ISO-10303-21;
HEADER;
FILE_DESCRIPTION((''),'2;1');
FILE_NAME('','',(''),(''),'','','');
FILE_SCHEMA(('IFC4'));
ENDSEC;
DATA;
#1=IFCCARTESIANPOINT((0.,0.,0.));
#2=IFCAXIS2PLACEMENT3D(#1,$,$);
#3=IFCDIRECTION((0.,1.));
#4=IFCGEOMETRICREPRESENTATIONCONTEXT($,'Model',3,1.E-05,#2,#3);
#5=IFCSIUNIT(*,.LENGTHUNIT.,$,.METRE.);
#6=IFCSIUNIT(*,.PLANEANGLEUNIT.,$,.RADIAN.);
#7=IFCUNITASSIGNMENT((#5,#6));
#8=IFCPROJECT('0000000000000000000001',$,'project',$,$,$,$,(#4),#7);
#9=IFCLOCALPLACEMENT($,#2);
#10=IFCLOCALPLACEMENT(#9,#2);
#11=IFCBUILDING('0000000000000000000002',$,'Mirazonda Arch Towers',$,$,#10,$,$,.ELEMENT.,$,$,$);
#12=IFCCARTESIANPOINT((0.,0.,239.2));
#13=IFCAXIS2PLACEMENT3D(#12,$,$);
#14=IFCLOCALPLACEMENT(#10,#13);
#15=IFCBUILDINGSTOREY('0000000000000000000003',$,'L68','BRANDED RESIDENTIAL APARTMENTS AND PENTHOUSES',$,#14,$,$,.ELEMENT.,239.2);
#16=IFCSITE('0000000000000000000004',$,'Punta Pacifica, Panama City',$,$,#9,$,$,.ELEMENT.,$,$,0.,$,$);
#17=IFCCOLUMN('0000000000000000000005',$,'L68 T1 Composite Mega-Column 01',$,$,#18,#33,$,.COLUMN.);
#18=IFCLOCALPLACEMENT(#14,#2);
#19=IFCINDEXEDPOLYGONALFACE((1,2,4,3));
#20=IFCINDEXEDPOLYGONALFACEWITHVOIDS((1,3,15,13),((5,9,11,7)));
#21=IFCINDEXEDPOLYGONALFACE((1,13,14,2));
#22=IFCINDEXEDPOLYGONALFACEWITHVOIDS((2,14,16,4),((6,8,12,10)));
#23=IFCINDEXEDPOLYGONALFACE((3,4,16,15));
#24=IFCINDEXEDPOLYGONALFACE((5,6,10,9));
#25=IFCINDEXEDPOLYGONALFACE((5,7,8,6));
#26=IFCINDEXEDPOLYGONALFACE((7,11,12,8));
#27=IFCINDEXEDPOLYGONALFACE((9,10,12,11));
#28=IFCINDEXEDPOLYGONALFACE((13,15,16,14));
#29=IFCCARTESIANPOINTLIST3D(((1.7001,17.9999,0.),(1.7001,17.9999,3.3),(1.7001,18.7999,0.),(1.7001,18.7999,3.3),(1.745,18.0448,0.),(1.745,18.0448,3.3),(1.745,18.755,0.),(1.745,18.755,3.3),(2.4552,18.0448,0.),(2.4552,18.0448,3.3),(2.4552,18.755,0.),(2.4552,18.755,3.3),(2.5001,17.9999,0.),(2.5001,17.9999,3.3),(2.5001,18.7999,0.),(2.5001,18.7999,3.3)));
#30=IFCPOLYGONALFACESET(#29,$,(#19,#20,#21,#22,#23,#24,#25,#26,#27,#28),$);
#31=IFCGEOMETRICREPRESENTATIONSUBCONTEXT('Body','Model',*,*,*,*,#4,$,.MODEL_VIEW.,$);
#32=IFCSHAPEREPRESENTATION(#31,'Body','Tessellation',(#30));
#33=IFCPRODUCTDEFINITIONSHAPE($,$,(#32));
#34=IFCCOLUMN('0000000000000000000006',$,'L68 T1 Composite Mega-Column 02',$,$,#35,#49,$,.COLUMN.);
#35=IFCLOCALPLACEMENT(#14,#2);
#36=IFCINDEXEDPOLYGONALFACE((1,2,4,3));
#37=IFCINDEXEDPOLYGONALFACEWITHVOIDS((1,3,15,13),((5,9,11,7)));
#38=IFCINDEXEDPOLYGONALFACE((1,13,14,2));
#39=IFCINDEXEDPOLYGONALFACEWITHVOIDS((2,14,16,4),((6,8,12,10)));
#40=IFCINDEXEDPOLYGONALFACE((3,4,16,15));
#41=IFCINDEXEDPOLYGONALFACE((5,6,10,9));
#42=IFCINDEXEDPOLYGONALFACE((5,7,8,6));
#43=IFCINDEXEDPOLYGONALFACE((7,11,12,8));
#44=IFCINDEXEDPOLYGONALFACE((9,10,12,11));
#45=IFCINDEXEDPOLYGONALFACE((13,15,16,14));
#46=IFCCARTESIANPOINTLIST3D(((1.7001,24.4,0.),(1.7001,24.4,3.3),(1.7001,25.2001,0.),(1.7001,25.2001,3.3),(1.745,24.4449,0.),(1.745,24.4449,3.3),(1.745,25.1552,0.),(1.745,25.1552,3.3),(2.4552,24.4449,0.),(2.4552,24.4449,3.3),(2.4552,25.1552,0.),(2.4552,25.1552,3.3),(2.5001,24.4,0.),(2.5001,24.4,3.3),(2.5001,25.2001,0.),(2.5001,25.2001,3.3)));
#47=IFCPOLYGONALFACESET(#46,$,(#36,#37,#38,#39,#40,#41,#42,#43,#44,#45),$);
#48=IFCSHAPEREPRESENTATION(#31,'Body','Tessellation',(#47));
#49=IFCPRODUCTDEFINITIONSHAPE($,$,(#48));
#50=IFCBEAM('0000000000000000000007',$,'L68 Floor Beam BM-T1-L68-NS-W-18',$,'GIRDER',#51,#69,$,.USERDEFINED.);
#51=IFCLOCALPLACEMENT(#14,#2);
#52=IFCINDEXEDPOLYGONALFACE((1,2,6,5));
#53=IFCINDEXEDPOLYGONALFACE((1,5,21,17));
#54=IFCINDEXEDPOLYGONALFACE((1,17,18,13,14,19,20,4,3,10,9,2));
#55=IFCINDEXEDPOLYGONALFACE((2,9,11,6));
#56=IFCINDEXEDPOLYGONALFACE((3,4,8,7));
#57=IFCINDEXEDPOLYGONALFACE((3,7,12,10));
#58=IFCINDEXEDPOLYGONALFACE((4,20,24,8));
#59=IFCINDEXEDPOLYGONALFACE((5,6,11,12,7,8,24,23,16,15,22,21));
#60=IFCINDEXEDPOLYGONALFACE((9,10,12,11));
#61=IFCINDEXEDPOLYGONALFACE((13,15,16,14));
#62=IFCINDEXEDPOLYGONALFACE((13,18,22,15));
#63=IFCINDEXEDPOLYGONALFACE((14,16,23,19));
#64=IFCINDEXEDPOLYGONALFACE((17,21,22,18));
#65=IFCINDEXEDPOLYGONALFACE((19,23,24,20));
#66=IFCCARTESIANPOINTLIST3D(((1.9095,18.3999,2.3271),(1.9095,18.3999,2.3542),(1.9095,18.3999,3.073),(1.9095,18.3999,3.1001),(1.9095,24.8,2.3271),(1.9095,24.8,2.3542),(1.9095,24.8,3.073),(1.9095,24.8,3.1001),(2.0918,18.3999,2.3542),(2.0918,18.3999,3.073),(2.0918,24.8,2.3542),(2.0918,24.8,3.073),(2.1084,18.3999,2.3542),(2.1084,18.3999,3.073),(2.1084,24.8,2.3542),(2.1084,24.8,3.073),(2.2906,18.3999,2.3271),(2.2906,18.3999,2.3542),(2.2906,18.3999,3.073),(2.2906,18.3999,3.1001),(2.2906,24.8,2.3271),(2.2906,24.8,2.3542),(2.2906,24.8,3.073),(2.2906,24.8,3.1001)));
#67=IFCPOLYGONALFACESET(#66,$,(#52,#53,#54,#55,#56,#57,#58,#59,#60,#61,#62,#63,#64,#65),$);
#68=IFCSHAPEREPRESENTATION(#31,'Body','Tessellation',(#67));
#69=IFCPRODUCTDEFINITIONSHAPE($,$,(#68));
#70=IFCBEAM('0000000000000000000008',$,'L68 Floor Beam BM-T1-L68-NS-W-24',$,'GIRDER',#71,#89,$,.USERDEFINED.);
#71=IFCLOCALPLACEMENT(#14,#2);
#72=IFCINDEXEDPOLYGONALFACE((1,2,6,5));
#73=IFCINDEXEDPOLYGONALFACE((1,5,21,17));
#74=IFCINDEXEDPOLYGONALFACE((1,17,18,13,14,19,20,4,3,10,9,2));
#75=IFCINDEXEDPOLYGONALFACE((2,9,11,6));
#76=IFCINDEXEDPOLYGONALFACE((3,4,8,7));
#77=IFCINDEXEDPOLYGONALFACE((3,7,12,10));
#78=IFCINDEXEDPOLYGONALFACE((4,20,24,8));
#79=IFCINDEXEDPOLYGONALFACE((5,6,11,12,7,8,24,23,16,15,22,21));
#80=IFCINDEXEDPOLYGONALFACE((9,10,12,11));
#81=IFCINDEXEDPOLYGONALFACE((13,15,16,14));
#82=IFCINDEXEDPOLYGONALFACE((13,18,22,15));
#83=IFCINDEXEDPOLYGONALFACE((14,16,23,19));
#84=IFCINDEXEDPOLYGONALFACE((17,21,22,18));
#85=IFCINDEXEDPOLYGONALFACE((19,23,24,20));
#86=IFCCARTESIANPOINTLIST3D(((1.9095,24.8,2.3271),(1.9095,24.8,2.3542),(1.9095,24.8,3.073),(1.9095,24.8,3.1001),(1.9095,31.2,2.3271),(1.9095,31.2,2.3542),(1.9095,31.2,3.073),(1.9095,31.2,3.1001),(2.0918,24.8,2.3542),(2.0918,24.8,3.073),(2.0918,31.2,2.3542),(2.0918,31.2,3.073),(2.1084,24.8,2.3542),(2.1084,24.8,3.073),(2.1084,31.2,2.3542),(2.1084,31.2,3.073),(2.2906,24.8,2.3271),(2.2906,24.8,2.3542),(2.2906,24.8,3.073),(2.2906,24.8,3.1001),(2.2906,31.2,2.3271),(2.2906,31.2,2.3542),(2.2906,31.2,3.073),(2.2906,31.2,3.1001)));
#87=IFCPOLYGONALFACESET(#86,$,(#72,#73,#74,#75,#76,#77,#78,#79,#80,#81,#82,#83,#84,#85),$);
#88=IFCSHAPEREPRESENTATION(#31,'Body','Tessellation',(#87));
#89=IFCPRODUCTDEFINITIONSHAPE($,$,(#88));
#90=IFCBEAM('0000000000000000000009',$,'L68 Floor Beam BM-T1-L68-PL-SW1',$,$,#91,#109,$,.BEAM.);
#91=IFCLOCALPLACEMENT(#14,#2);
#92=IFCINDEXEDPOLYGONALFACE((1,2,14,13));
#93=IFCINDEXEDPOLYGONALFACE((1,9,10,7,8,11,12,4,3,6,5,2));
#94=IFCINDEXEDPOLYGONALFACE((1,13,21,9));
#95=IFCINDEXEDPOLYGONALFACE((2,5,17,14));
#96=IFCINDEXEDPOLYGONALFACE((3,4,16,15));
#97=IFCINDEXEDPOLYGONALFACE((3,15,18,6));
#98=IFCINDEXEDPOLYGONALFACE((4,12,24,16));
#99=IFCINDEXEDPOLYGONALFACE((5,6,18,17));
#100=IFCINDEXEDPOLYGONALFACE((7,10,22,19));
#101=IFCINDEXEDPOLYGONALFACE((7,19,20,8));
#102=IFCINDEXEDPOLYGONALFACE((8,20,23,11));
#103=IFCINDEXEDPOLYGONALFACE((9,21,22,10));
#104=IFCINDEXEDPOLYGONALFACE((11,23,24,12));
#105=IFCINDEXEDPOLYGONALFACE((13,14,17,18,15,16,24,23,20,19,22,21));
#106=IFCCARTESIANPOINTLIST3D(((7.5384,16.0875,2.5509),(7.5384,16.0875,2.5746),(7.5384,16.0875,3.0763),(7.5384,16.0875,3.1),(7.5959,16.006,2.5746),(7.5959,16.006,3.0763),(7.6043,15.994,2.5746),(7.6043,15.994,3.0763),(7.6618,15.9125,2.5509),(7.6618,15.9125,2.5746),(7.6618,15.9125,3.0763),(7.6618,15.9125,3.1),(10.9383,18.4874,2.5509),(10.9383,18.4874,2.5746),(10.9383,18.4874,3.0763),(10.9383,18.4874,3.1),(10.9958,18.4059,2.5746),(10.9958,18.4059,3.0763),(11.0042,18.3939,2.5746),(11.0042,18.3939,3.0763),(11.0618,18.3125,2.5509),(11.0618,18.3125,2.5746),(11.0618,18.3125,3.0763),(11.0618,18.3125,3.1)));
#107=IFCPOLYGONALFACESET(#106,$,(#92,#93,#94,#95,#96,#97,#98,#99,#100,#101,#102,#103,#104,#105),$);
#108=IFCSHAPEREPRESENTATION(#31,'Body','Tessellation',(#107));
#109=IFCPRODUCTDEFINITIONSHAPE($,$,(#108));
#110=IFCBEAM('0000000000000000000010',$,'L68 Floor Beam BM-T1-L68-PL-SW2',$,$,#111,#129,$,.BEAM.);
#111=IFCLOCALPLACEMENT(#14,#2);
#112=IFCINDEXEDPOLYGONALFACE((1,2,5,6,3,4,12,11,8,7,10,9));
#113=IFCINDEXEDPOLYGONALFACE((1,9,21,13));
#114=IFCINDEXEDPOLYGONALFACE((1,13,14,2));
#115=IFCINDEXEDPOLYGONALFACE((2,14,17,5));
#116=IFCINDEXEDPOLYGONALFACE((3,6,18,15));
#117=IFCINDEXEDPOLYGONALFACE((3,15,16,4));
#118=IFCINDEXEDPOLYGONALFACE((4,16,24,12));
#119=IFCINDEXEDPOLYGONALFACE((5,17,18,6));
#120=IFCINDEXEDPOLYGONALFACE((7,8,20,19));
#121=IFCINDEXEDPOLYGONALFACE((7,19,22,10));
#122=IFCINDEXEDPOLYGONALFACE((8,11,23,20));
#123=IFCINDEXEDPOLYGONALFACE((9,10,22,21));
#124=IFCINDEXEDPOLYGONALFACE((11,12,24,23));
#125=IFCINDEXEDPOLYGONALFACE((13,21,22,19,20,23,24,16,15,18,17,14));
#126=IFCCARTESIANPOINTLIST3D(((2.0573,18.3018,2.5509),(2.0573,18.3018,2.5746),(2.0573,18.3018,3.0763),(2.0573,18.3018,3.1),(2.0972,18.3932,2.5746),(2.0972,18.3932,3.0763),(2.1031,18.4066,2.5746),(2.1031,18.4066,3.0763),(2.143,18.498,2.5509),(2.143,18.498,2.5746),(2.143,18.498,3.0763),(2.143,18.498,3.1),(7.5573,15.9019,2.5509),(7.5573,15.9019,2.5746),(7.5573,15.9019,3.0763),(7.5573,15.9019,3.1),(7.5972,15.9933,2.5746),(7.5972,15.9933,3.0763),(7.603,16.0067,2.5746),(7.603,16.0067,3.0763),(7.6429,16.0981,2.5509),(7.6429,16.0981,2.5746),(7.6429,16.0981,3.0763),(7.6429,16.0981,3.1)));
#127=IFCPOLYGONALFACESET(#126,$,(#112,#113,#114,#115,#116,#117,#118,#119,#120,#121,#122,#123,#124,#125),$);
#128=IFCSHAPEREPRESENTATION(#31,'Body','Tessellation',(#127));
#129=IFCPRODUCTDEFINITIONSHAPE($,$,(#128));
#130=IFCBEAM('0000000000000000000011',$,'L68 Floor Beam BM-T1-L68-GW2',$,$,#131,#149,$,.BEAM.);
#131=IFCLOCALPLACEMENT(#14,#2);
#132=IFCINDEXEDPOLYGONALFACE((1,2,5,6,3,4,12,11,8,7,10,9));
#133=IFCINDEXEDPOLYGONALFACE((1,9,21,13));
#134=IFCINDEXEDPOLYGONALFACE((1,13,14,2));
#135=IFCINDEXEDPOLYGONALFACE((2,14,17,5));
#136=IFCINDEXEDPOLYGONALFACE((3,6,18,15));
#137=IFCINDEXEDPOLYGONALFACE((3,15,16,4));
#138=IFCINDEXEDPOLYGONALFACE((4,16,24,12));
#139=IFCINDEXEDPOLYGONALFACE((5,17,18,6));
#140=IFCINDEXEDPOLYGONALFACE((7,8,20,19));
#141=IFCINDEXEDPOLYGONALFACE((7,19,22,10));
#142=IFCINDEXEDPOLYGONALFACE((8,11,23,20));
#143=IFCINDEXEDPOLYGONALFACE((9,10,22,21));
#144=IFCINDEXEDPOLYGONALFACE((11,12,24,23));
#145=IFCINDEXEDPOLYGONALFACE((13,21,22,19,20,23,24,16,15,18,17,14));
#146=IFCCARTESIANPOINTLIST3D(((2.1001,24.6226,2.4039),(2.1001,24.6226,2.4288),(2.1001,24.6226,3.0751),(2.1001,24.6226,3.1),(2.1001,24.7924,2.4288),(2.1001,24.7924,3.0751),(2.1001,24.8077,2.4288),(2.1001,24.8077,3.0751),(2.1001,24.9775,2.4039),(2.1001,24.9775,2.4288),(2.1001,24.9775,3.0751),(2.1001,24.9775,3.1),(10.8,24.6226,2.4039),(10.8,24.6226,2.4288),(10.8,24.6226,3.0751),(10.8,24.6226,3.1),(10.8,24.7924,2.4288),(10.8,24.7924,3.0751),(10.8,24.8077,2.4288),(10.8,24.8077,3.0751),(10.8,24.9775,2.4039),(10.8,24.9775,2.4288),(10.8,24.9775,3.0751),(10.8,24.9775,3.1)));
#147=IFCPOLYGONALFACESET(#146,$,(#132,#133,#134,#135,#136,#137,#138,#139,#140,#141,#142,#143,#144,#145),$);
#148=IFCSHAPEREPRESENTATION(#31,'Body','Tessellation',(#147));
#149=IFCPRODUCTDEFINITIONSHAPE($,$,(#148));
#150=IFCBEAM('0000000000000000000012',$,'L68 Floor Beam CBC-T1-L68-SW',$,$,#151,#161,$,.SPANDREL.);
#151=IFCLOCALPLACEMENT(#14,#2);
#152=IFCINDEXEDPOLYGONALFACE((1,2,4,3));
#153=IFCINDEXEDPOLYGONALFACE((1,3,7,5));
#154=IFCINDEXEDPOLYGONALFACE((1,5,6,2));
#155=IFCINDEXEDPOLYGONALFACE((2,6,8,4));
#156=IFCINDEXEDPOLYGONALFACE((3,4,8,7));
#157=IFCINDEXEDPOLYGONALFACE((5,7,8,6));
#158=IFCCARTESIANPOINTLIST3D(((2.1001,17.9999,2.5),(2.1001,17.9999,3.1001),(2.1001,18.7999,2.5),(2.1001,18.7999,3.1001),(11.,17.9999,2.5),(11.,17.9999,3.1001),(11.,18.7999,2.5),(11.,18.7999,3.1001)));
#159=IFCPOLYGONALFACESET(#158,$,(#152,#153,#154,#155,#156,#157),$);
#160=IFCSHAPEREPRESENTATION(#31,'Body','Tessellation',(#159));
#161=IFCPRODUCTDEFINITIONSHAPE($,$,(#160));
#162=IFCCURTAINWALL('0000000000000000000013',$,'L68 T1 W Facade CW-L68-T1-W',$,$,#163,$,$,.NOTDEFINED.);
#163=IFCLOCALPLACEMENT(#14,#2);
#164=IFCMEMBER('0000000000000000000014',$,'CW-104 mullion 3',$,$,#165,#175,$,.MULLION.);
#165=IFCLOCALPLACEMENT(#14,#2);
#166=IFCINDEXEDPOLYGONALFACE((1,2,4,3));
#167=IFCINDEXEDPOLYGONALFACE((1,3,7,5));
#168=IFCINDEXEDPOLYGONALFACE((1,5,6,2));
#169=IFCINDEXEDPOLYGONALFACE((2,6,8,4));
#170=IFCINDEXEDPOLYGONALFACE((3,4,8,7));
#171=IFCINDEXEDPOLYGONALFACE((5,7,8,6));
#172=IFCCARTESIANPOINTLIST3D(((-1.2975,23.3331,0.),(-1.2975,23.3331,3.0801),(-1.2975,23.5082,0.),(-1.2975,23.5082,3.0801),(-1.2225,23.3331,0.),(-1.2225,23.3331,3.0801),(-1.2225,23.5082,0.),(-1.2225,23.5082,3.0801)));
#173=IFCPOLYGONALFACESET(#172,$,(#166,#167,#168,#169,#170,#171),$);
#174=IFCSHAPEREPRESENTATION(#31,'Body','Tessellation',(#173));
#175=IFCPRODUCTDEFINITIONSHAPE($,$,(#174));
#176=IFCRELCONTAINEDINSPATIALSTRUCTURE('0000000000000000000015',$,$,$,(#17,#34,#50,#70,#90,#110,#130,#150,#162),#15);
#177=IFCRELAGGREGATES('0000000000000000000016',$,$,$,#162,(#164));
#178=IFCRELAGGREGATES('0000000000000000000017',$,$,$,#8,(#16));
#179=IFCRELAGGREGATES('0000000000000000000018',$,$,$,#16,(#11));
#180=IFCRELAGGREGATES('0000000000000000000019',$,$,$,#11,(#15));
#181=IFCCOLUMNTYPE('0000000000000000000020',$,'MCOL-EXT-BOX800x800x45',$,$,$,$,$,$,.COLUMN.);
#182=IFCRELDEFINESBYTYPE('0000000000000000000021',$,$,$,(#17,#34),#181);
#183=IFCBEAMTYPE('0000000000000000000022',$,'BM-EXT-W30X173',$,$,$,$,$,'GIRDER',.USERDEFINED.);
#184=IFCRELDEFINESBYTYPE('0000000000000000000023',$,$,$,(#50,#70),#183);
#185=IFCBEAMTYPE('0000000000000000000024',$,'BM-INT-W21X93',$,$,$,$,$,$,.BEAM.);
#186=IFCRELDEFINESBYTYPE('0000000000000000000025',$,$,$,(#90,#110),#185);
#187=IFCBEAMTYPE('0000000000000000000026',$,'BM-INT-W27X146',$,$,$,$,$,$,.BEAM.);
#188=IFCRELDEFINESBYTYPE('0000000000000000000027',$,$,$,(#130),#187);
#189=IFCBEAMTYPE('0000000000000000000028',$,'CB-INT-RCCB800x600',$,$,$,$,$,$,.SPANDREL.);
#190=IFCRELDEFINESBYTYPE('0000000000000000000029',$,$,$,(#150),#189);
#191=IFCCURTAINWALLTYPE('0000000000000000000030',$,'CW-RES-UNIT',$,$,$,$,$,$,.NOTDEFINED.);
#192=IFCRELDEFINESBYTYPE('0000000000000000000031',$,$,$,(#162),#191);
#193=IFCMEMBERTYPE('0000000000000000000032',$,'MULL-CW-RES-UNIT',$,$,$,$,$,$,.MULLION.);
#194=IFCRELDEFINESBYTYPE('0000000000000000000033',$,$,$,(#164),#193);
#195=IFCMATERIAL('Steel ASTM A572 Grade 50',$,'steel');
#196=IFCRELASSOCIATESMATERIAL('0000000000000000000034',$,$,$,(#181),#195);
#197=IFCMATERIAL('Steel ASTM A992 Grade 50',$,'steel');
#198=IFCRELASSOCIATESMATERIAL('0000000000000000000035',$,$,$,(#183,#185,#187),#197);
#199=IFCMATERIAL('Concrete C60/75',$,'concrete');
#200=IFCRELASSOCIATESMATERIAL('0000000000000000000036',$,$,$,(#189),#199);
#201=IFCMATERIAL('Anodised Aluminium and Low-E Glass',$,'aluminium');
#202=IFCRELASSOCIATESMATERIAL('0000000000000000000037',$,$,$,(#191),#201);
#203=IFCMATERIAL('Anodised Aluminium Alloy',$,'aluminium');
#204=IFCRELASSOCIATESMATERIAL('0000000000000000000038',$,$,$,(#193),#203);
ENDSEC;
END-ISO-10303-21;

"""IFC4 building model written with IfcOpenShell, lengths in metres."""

from ifc_helpers import new_model, si_unit, direction, frame, origin, origin_2d, place, context, subcontext, project, spatial, rectangle, hollow_rectangle, i_section, extrude, material, material_profile, profile_set, type_object, element, aggregate, save


model = new_model("IFC4")

# Units and contexts
model_context = context("Model", 3, precision=1e-05, world=origin(), true_north=direction((0.0, 1.0)))
body_context = subcontext(model_context, "Body", "Model", "MODEL_VIEW")
ifc_project = project(units=[si_unit("LENGTHUNIT", "METRE"), si_unit("PLANEANGLEUNIT", "RADIAN")], contexts=[model_context])

# Site, building, storey
site_placement = place(None, origin())
site = spatial("IfcSite", under=ifc_project, at=site_placement, Name="Punta Pacifica, Panama City", CompositionType="ELEMENT", RefElevation=0.0)
building_placement = place(site_placement, origin())
building = spatial("IfcBuilding", under=site, at=building_placement, Name="Mirazonda Arch Towers", CompositionType="ELEMENT")
storey_placement = place(building_placement, frame((0.0, 0.0, 239.2)))
storey = spatial("IfcBuildingStorey", under=building, at=storey_placement, Name="L68", Description="BRANDED RESIDENTIAL APARTMENTS AND PENTHOUSES", CompositionType="ELEMENT", Elevation=239.2)

# Columns
ifc_material_1 = material(Name="Steel ASTM A572 Grade 50", Category="steel")
ifc_material_profile_1 = material_profile(ifc_material_1, hollow_rectangle(XDim=0.8, YDim=0.8, WallThickness=0.0449, at=origin_2d()), Name="BOX800x800x45")
ifc_profile_set_1 = profile_set([ifc_material_profile_1], Name="Steel ASTM A572 Grade 50")
column_type = type_object("IfcColumnType", Name="MCOL-EXT-BOX800x800x45", PredefinedType="COLUMN", material=ifc_profile_set_1)
for number, where, z_axis, x_axis, name in (
    (1, (2.1001, 18.3999, 0.0), (0.0, 0.0, 1.0), (1.0, 0.0, 0.0), "L68 T1 Composite Mega-Column 01"),
    (2, (2.1001, 24.8, 0.0), (0.0, 0.0, 1.0), (1.0, 0.0, 0.0), "L68 T1 Composite Mega-Column 02"),
):
    element("IfcColumn", number, at=place(storey_placement, frame(where, z_axis=z_axis, x_axis=x_axis)), inside=storey, type_object=column_type, Name=name, PredefinedType="COLUMN", context=body_context, shape_type="SweptSolid", body=[
        extrude(hollow_rectangle(XDim=0.8, YDim=0.8, WallThickness=0.0449, at=origin_2d()), origin(), (0.0, 0.0, 1.0), 3.3),
    ])

# Beams
ifc_material_2 = material(Name="Steel ASTM A992 Grade 50", Category="steel")
ifc_material_profile_2 = material_profile(ifc_material_2, i_section(OverallWidth=0.3811, OverallDepth=0.7729, WebThickness=0.0166, FlangeThickness=0.0271, at=origin_2d()), Name="W30X173")
ifc_profile_set_2 = profile_set([ifc_material_profile_2], Name="Steel ASTM A992 Grade 50")
beam_type_1 = type_object("IfcBeamType", Name="BM-EXT-W30X173", ElementType="GIRDER", PredefinedType="USERDEFINED", material=ifc_profile_set_2)
beam_1_placement = place(storey_placement, frame((2.1001, 18.3999, 2.7136), z_axis=(0.0, 1.0, 0.0), x_axis=(-1.0, 0.0, 0.0)))
element("IfcBeam", 3, at=beam_1_placement, inside=storey, type_object=beam_type_1, Name="L68 Floor Beam BM-T1-L68-NS-W-18", ObjectType="GIRDER", PredefinedType="USERDEFINED", context=body_context, shape_type="SweptSolid", body=[
    extrude(i_section(OverallWidth=0.3811, OverallDepth=0.7729, WebThickness=0.0166, FlangeThickness=0.0271, at=origin_2d()), origin(), (0.0, 0.0, 1.0), 6.4001),
])
beam_2_placement = place(storey_placement, frame((2.1001, 24.8, 2.7136), z_axis=(0.0, 1.0, 0.0), x_axis=(-1.0, 0.0, 0.0)))
element("IfcBeam", 4, at=beam_2_placement, inside=storey, type_object=beam_type_1, Name="L68 Floor Beam BM-T1-L68-NS-W-24", ObjectType="GIRDER", PredefinedType="USERDEFINED", context=body_context, shape_type="SweptSolid", body=[
    extrude(i_section(OverallWidth=0.3811, OverallDepth=0.7729, WebThickness=0.0166, FlangeThickness=0.0271, at=origin_2d()), origin(), (0.0, 0.0, 1.0), 6.3999),
])
ifc_material_profile_3 = material_profile(ifc_material_2, i_section(OverallWidth=0.2141, OverallDepth=0.5491, WebThickness=0.0146, FlangeThickness=0.0237, at=origin_2d()), Name="W21X93")
ifc_profile_set_3 = profile_set([ifc_material_profile_3], Name="Steel ASTM A992 Grade 50")
beam_type_2 = type_object("IfcBeamType", Name="BM-INT-W21X93", PredefinedType="BEAM", material=ifc_profile_set_3)
beam_3_placement = place(storey_placement, frame((7.6001, 16.0, 2.8254), z_axis=(0.816971, 0.576679, 0.0), x_axis=(-0.576679, 0.816971, 0.0)))
element("IfcBeam", 5, at=beam_3_placement, inside=storey, type_object=beam_type_2, Name="L68 Floor Beam BM-T1-L68-PL-SW1", PredefinedType="BEAM", context=body_context, shape_type="SweptSolid", body=[
    extrude(i_section(OverallWidth=0.2141, OverallDepth=0.5491, WebThickness=0.0146, FlangeThickness=0.0237, at=origin_2d()), origin(), (0.0, 0.0, 1.0), 4.1616),
])
beam_4_placement = place(storey_placement, frame((7.6001, 16.0, 2.8254), z_axis=(-0.916545, 0.399931, 0.0), x_axis=(-0.399931, -0.916545, 0.0)))
element("IfcBeam", 6, at=beam_4_placement, inside=storey, type_object=beam_type_2, Name="L68 Floor Beam BM-T1-L68-PL-SW2", PredefinedType="BEAM", context=body_context, shape_type="SweptSolid", body=[
    extrude(i_section(OverallWidth=0.2141, OverallDepth=0.5491, WebThickness=0.0146, FlangeThickness=0.0237, at=origin_2d()), origin(), (0.0, 0.0, 1.0), 6.0007),
])
ifc_material_profile_4 = material_profile(ifc_material_2, i_section(OverallWidth=0.355, OverallDepth=0.696, WebThickness=0.0154, FlangeThickness=0.0249, at=origin_2d()), Name="W27X146")
ifc_profile_set_4 = profile_set([ifc_material_profile_4], Name="Steel ASTM A992 Grade 50")
beam_type_3 = type_object("IfcBeamType", Name="BM-INT-W27X146", PredefinedType="BEAM", material=ifc_profile_set_4)
beam_5_placement = place(storey_placement, frame((2.1001, 24.8, 2.752), z_axis=(1.0, 0.0, 0.0), x_axis=(0.0, 1.0, 0.0)))
element("IfcBeam", 7, at=beam_5_placement, inside=storey, type_object=beam_type_3, Name="L68 Floor Beam BM-T1-L68-GW2", PredefinedType="BEAM", context=body_context, shape_type="SweptSolid", body=[
    extrude(i_section(OverallWidth=0.355, OverallDepth=0.696, WebThickness=0.0154, FlangeThickness=0.0249, at=origin_2d()), origin(), (0.0, 0.0, 1.0), 8.7),
])
ifc_material_3 = material(Name="Concrete C60/75", Category="concrete")
ifc_material_profile_5 = material_profile(ifc_material_3, rectangle(XDim=0.8, YDim=0.6001, at=origin_2d()), Name="RCCB800x600")
ifc_profile_set_5 = profile_set([ifc_material_profile_5], Name="Concrete C60/75")
beam_type_4 = type_object("IfcBeamType", Name="CB-INT-RCCB800x600", PredefinedType="SPANDREL", material=ifc_profile_set_5)
beam_6_placement = place(storey_placement, frame((2.1001, 18.3999, 2.8), z_axis=(1.0, 0.0, 0.0), x_axis=(0.0, 1.0, 0.0)))
element("IfcBeam", 8, at=beam_6_placement, inside=storey, type_object=beam_type_4, Name="L68 Floor Beam CBC-T1-L68-SW", PredefinedType="SPANDREL", context=body_context, shape_type="SweptSolid", body=[
    extrude(rectangle(XDim=0.8, YDim=0.6001, at=origin_2d()), origin(), (0.0, 0.0, 1.0), 8.8999),
])

# Curtain wall, member
ifc_material_4 = material(Name="Anodised Aluminium and Low-E Glass", Category="aluminium")
curtain_wall_type = type_object("IfcCurtainWallType", Name="CW-RES-UNIT", PredefinedType="NOTDEFINED", material=ifc_material_4)
curtain_wall_placement = place(storey_placement, origin())
curtain_wall = element("IfcCurtainWall", 9, at=curtain_wall_placement, inside=storey, type_object=curtain_wall_type, Name="L68 T1 W Facade CW-L68-T1-W", PredefinedType="NOTDEFINED")
ifc_material_5 = material(Name="Anodised Aluminium Alloy", Category="aluminium")
ifc_material_profile_6 = material_profile(ifc_material_5, rectangle(XDim=0.075, YDim=0.175, at=origin_2d()), Name="ALU-MULL-75x175")
ifc_profile_set_6 = profile_set([ifc_material_profile_6], Name="Anodised Aluminium Alloy")
member_type_1 = type_object("IfcMemberType", Name="MULL-CW-RES-UNIT", PredefinedType="MULLION", material=ifc_profile_set_6)
member_1_placement = place(storey_placement, frame((-1.26, 23.4207, 0.0), z_axis=(0.0, 0.0, 1.0), x_axis=(1.0, 0.0, 0.0)))
member_1 = element("IfcMember", 10, at=member_1_placement, type_object=member_type_1, Name="CW-104 mullion 3", PredefinedType="MULLION", context=body_context, shape_type="SweptSolid", body=[
    extrude(rectangle(XDim=0.075, YDim=0.175, at=origin_2d()), origin(), (0.0, 0.0, 1.0), 3.0801),
])
aggregate(curtain_wall, [member_1])

save(model, "model.ifc")
